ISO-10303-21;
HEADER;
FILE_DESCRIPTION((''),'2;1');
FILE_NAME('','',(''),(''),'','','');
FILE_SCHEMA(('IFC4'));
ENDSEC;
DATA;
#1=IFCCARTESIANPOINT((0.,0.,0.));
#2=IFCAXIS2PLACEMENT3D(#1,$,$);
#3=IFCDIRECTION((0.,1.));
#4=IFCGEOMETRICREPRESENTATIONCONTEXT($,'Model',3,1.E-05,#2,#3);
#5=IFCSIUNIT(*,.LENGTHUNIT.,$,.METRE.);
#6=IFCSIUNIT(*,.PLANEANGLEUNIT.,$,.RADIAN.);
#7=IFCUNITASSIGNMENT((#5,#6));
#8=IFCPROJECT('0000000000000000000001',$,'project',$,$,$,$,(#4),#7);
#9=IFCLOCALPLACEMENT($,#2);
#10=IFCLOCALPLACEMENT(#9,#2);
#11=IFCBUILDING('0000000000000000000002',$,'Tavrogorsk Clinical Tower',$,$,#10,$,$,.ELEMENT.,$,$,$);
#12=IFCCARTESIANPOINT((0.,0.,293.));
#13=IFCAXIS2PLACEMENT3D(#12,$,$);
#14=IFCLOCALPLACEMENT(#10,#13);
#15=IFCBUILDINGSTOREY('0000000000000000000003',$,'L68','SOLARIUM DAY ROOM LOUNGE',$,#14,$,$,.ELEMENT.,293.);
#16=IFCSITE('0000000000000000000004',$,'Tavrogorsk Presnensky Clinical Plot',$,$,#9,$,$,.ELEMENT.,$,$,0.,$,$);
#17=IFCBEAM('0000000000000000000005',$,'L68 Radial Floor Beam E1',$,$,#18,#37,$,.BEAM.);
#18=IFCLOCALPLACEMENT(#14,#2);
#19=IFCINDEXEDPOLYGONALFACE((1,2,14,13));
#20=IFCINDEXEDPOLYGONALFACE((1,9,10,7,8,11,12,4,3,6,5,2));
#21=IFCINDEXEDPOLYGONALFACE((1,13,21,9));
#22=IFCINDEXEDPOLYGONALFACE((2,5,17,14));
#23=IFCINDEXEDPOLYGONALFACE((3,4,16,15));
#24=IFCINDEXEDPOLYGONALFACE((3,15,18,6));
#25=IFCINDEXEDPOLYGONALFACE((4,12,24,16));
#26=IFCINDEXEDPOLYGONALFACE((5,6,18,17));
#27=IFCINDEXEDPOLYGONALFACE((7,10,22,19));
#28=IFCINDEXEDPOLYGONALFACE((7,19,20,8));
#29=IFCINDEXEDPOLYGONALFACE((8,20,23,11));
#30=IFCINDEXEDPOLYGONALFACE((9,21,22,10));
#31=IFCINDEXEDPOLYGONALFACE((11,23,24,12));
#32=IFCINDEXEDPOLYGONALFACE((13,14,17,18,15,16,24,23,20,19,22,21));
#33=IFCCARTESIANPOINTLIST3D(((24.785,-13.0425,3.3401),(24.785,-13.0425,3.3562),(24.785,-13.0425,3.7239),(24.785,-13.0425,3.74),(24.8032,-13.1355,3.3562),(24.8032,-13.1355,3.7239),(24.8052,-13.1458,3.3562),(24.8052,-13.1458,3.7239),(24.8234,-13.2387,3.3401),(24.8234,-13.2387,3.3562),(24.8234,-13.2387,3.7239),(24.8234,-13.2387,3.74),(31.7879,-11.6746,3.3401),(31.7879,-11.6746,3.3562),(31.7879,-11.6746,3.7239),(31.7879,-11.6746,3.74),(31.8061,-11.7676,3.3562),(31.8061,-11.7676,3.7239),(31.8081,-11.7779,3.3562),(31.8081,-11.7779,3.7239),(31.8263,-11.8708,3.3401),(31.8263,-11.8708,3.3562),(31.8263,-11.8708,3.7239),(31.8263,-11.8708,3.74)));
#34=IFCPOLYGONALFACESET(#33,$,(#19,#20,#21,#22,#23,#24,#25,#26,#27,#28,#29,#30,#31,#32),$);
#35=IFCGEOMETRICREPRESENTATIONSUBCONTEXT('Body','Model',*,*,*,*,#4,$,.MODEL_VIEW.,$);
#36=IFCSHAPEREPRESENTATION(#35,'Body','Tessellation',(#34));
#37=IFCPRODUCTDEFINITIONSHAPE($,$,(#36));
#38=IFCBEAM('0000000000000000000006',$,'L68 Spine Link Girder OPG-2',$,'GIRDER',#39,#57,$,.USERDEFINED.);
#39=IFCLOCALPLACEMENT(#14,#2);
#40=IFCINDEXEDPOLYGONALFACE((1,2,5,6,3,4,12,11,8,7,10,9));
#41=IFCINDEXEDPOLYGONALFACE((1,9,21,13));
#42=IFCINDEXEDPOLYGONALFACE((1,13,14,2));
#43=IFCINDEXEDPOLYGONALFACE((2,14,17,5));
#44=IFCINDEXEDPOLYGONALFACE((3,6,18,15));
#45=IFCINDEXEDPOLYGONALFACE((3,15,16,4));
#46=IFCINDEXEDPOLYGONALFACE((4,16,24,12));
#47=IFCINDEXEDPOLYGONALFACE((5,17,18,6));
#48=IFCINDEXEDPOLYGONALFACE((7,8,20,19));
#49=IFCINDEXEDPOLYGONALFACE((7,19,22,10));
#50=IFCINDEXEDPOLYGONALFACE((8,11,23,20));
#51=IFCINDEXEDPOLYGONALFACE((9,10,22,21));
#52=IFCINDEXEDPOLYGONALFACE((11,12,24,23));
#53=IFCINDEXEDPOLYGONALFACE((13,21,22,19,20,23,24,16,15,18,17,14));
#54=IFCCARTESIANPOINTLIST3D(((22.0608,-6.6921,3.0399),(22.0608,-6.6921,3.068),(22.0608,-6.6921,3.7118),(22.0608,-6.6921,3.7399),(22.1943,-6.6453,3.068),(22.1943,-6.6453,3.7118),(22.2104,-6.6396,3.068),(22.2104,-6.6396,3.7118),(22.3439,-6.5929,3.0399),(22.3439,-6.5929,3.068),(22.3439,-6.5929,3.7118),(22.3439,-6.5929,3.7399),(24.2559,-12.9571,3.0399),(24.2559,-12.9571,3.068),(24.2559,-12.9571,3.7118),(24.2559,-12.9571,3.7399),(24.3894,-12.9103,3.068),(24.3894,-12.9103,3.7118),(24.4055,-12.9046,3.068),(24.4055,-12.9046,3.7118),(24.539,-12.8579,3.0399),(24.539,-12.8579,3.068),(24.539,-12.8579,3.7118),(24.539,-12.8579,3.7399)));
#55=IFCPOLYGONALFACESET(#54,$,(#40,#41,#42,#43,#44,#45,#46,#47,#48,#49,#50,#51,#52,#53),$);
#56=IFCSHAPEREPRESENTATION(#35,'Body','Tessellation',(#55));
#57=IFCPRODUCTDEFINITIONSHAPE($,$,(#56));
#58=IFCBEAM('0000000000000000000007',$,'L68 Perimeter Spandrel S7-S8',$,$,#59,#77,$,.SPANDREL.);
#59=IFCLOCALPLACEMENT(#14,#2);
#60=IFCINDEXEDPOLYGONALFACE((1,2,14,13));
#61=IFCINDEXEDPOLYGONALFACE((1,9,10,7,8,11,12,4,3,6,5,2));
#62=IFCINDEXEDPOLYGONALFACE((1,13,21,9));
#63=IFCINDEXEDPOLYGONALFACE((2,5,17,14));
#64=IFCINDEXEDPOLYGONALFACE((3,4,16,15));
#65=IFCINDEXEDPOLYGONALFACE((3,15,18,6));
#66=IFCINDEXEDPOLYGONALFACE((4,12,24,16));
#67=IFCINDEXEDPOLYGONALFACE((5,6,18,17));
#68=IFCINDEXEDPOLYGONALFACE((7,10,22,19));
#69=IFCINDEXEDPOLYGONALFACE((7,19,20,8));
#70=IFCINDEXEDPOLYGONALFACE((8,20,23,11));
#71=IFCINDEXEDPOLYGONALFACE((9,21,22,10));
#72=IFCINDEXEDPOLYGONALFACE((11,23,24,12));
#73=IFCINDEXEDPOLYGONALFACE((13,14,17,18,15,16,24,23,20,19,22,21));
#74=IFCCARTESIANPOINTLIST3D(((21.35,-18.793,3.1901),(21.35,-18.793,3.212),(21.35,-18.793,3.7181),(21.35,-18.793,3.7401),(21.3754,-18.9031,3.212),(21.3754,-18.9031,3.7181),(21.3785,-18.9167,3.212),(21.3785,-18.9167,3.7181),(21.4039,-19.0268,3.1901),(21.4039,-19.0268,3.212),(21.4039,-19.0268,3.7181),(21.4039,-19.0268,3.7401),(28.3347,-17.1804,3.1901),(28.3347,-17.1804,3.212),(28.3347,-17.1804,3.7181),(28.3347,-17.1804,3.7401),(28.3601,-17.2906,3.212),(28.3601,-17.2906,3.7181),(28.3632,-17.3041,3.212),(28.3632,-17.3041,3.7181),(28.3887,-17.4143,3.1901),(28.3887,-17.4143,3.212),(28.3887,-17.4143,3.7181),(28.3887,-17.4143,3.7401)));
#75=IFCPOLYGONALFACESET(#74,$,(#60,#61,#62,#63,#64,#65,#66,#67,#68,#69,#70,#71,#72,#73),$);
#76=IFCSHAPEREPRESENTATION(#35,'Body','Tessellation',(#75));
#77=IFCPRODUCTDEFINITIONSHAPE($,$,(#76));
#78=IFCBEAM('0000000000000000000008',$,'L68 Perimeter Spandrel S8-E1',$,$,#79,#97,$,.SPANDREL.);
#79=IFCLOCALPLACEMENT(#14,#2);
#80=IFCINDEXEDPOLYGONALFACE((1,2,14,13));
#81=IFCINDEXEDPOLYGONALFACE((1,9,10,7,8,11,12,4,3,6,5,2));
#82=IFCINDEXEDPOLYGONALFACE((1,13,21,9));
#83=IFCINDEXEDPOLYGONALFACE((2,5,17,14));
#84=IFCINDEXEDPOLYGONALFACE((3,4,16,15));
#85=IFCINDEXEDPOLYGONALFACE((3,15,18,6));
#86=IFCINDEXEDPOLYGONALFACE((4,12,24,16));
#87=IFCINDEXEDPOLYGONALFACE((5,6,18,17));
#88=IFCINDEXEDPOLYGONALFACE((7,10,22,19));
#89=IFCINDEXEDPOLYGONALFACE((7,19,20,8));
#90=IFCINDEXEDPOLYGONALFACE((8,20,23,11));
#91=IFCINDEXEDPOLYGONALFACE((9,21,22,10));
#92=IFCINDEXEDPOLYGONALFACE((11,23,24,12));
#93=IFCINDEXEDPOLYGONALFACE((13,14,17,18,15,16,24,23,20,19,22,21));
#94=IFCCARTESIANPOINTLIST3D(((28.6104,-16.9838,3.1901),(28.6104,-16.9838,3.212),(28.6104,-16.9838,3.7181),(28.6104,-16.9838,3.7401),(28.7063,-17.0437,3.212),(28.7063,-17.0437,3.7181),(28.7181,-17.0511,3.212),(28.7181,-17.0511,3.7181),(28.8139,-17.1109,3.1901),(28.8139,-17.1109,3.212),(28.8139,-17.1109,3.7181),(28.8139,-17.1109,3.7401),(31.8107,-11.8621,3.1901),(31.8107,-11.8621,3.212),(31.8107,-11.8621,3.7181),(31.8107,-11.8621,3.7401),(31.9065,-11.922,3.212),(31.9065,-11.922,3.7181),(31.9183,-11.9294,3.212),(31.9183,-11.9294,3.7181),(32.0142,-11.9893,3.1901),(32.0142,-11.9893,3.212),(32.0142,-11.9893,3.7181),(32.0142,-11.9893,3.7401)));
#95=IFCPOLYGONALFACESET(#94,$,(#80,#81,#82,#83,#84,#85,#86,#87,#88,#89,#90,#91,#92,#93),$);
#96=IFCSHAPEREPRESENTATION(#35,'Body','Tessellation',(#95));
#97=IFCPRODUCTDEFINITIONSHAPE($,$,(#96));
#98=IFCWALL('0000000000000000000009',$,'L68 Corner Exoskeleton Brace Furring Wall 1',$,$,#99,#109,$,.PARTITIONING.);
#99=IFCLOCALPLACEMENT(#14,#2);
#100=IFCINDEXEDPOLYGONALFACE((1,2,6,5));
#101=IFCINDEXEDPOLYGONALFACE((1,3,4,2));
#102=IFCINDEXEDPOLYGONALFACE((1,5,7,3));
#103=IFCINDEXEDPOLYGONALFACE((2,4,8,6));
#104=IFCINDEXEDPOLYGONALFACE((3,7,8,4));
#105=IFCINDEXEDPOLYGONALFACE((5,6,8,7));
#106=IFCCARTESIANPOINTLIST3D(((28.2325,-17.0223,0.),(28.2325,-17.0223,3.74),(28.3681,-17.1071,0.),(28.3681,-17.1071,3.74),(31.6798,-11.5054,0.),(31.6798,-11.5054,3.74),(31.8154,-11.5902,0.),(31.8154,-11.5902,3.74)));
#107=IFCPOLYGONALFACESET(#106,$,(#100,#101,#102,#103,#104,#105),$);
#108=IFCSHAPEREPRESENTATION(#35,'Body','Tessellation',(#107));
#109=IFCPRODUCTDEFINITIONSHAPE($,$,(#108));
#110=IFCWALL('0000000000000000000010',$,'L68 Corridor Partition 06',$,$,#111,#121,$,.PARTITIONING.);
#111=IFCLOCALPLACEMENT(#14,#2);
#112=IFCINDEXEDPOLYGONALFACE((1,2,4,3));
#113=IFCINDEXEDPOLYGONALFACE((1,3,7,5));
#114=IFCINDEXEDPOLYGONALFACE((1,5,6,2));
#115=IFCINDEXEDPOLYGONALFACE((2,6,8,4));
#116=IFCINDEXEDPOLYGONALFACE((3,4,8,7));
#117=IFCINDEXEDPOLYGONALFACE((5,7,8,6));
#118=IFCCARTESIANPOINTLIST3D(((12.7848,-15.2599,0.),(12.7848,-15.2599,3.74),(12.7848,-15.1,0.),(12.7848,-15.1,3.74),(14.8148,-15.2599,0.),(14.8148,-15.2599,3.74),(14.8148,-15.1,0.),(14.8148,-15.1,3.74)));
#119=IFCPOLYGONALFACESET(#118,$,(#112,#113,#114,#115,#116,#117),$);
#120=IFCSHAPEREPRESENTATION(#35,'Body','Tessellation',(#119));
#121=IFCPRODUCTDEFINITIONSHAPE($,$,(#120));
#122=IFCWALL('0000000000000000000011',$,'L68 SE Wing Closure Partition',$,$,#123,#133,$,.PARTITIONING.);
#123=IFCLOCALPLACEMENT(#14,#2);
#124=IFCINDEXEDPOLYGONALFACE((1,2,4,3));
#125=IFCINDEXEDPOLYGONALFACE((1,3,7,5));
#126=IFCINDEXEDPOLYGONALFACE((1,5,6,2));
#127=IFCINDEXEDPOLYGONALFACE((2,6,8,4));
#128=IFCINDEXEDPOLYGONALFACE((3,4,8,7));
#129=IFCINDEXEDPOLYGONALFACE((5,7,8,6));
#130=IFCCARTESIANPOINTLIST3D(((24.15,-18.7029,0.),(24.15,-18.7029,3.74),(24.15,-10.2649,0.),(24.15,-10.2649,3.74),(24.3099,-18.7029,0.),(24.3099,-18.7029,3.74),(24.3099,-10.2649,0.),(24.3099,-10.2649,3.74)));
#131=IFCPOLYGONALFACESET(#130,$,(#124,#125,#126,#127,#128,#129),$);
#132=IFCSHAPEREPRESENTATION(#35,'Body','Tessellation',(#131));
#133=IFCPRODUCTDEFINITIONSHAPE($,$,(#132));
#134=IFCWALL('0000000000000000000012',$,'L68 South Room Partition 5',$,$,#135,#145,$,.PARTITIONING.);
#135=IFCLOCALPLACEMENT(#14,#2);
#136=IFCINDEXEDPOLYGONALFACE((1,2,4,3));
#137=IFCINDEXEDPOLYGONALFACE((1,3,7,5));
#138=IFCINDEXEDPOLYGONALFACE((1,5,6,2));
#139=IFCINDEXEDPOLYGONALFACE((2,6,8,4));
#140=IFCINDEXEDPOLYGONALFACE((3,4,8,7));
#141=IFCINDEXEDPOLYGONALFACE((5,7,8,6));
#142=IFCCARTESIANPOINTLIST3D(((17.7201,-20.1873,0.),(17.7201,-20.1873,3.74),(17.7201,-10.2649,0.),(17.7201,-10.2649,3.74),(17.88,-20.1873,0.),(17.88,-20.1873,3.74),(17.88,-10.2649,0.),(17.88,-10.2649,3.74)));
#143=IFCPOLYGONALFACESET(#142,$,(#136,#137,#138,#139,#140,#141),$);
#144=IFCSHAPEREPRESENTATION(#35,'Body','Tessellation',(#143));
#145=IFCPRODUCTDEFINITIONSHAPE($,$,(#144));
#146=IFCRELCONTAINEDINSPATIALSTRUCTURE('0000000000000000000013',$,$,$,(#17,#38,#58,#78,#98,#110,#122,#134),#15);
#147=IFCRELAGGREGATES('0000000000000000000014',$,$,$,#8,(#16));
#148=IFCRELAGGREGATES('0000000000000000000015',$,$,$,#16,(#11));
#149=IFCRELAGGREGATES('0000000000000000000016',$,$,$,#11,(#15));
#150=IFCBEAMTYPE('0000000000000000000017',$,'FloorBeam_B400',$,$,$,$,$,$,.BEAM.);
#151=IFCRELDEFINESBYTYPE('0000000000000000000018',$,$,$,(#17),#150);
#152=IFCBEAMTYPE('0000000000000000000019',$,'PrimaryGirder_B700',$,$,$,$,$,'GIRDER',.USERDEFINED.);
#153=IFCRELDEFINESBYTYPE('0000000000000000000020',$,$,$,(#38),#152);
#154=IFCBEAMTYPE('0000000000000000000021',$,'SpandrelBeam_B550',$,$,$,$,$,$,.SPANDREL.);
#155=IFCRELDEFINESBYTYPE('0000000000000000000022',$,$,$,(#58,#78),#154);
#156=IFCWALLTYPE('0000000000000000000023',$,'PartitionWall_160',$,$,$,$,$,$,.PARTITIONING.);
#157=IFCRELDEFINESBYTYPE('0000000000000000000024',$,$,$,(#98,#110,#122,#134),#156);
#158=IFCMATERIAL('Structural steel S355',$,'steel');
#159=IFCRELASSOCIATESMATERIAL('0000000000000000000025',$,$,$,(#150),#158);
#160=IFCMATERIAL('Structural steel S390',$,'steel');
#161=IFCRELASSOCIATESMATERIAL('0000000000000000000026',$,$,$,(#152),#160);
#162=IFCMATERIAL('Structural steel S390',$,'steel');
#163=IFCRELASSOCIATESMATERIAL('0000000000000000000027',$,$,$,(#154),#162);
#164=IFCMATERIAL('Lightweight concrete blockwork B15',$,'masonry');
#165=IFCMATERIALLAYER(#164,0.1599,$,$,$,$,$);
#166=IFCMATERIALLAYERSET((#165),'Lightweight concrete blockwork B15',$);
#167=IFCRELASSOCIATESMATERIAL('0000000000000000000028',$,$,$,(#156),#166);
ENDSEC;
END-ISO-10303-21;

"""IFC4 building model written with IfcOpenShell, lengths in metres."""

from ifc_helpers import new_model, si_unit, direction, frame, frame_2d, origin, origin_2d, place, context, subcontext, project, spatial, rectangle, i_section, extrude, material, layer, layer_set, material_profile, profile_set, type_object, element, save


model = new_model("IFC4")

# Units and contexts
model_context = context("Model", 3, precision=1e-05, world=origin(), true_north=direction((0.0, 1.0)))
body_context = subcontext(model_context, "Body", "Model", "MODEL_VIEW")
ifc_project = project(units=[si_unit("LENGTHUNIT", "METRE"), si_unit("PLANEANGLEUNIT", "RADIAN")], contexts=[model_context])

# Site, building, storey
site_placement = place(None, origin())
site = spatial("IfcSite", under=ifc_project, at=site_placement, Name="Tavrogorsk Presnensky Clinical Plot", CompositionType="ELEMENT", RefElevation=0.0)
building_placement = place(site_placement, origin())
building = spatial("IfcBuilding", under=site, at=building_placement, Name="Tavrogorsk Clinical Tower", CompositionType="ELEMENT")
storey_placement = place(building_placement, frame((0.0, 0.0, 293.0)))
storey = spatial("IfcBuildingStorey", under=building, at=storey_placement, Name="L68", Description="SOLARIUM DAY ROOM LOUNGE", CompositionType="ELEMENT", Elevation=293.0)

# Beams
ifc_material_1 = material(Name="Structural steel S355", Category="steel")
ifc_material_profile_1 = material_profile(ifc_material_1, i_section(OverallWidth=0.2, OverallDepth=0.3999, WebThickness=0.0105, FlangeThickness=0.0161, at=origin_2d()), Name="B-400x200x10.5x16")
ifc_profile_set_1 = profile_set([ifc_material_profile_1], Name="Structural steel S355")
beam_type_1 = type_object("IfcBeamType", Name="FloorBeam_B400", PredefinedType="BEAM", material=ifc_profile_set_1)
beam_1_placement = place(storey_placement, frame((24.8042, -13.1406, 3.54), z_axis=(0.981451, 0.191712, 0.0), x_axis=(-0.191712, 0.981451, 0.0)))
element("IfcBeam", 1, at=beam_1_placement, inside=storey, type_object=beam_type_1, Name="L68 Radial Floor Beam E1", PredefinedType="BEAM", context=body_context, shape_type="SweptSolid", body=[
    extrude(i_section(OverallWidth=0.2, OverallDepth=0.3999, WebThickness=0.0105, FlangeThickness=0.0161, at=origin_2d()), origin(), (0.0, 0.0, 1.0), 7.1353),
])
ifc_material_2 = material(Name="Structural steel S390", Category="steel")
ifc_material_profile_2 = material_profile(ifc_material_2, i_section(OverallWidth=0.3, OverallDepth=0.7, WebThickness=0.0171, FlangeThickness=0.0281, at=origin_2d()), Name="B-700x300x17x28")
ifc_profile_set_2 = profile_set([ifc_material_profile_2], Name="Structural steel S390")
beam_type_2 = type_object("IfcBeamType", Name="PrimaryGirder_B700", ElementType="GIRDER", PredefinedType="USERDEFINED", material=ifc_profile_set_2)
beam_2_placement = place(storey_placement, frame((24.3975, -12.9075, 3.3899), z_axis=(-0.330667, 0.943748, 0.0), x_axis=(-0.943748, -0.330667, 0.0)))
element("IfcBeam", 2, at=beam_2_placement, inside=storey, type_object=beam_type_2, Name="L68 Spine Link Girder OPG-2", ObjectType="GIRDER", PredefinedType="USERDEFINED", context=body_context, shape_type="SweptSolid", body=[
    extrude(i_section(OverallWidth=0.3, OverallDepth=0.7, WebThickness=0.0171, FlangeThickness=0.0281, at=origin_2d()), origin(), (0.0, 0.0, 1.0), 6.6384),
])
ifc_material_3 = material(Name="Structural steel S390", Category="steel")
ifc_material_profile_3 = material_profile(ifc_material_3, i_section(OverallWidth=0.24, OverallDepth=0.55, WebThickness=0.0139, FlangeThickness=0.022, at=origin_2d()), Name="B-550x240x14x22")
ifc_profile_set_3 = profile_set([ifc_material_profile_3], Name="Structural steel S390")
beam_type_3 = type_object("IfcBeamType", Name="SpandrelBeam_B550", PredefinedType="SPANDREL", material=ifc_profile_set_3)
beam_3_placement = place(storey_placement, frame((21.377, -18.9099, 3.4651), z_axis=(0.974369, 0.224954, 0.0), x_axis=(-0.224954, 0.974369, 0.0)))
element("IfcBeam", 3, at=beam_3_placement, inside=storey, type_object=beam_type_3, Name="L68 Perimeter Spandrel S7-S8", PredefinedType="SPANDREL", context=body_context, shape_type="SweptSolid", body=[
    extrude(i_section(OverallWidth=0.24, OverallDepth=0.55, WebThickness=0.0139, FlangeThickness=0.022, at=origin_2d()), origin(), (0.0, 0.0, 1.0), 7.1685),
])
beam_4_placement = place(storey_placement, frame((28.7122, -17.0474, 3.4651), z_axis=(0.529904, 0.848057, 0.0), x_axis=(-0.848057, 0.529904, 0.0)))
element("IfcBeam", 4, at=beam_4_placement, inside=storey, type_object=beam_type_3, Name="L68 Perimeter Spandrel S8-E1", PredefinedType="SPANDREL", context=body_context, shape_type="SweptSolid", body=[
    extrude(i_section(OverallWidth=0.24, OverallDepth=0.55, WebThickness=0.0139, FlangeThickness=0.022, at=origin_2d()), origin(), (0.0, 0.0, 1.0), 6.0393),
])

# Walls
ifc_material_4 = material(Name="Lightweight concrete blockwork B15", Category="masonry")
ifc_layer_1 = layer(ifc_material_4, 0.1599)
ifc_layer_set_1 = layer_set([ifc_layer_1], Name="Lightweight concrete blockwork B15")
wall_type_1 = type_object("IfcWallType", Name="PartitionWall_160", PredefinedType="PARTITIONING", material=ifc_layer_set_1)
wall_1_placement = place(storey_placement, frame((28.3003, -17.0647, 0.0), z_axis=(0.0, 0.0, 1.0), x_axis=(0.529915, 0.848051, 0.0)))
element("IfcWall", 5, at=wall_1_placement, inside=storey, type_object=wall_type_1, Name="L68 Corner Exoskeleton Brace Furring Wall 1", PredefinedType="PARTITIONING", context=body_context, shape_type="SweptSolid", body=[
    extrude(rectangle(XDim=6.5054, YDim=0.1599, at=frame_2d((3.2527, 0.0))), origin(), (0.0, 0.0, 1.0), 3.74),
])
wall_2_placement = place(storey_placement, frame((14.8149, -15.1799, 0.0), z_axis=(0.0, 0.0, 1.0), x_axis=(-1.0, 0.0, 0.0)))
element("IfcWall", 6, at=wall_2_placement, inside=storey, type_object=wall_type_1, Name="L68 Corridor Partition 06", PredefinedType="PARTITIONING", context=body_context, shape_type="SweptSolid", body=[
    extrude(rectangle(XDim=2.03, YDim=0.1599, at=frame_2d((1.0151, 0.0))), origin(), (0.0, 0.0, 1.0), 3.74),
])
wall_3_placement = place(storey_placement, frame((24.23, -18.7029, 0.0), z_axis=(0.0, 0.0, 1.0), x_axis=(0.0, 1.0, 0.0)))
element("IfcWall", 7, at=wall_3_placement, inside=storey, type_object=wall_type_1, Name="L68 SE Wing Closure Partition", PredefinedType="PARTITIONING", context=body_context, shape_type="SweptSolid", body=[
    extrude(rectangle(XDim=8.438, YDim=0.1599, at=frame_2d((4.219, 0.0))), origin(), (0.0, 0.0, 1.0), 3.74),
])
wall_4_placement = place(storey_placement, frame((17.8, -20.1873, 0.0), z_axis=(0.0, 0.0, 1.0), x_axis=(0.0, 1.0, 0.0)))
element("IfcWall", 8, at=wall_4_placement, inside=storey, type_object=wall_type_1, Name="L68 South Room Partition 5", PredefinedType="PARTITIONING", context=body_context, shape_type="SweptSolid", body=[
    extrude(rectangle(XDim=9.9224, YDim=0.1599, at=frame_2d((4.9612, 0.0))), origin(), (0.0, 0.0, 1.0), 3.74),
])

save(model, "model.ifc")
